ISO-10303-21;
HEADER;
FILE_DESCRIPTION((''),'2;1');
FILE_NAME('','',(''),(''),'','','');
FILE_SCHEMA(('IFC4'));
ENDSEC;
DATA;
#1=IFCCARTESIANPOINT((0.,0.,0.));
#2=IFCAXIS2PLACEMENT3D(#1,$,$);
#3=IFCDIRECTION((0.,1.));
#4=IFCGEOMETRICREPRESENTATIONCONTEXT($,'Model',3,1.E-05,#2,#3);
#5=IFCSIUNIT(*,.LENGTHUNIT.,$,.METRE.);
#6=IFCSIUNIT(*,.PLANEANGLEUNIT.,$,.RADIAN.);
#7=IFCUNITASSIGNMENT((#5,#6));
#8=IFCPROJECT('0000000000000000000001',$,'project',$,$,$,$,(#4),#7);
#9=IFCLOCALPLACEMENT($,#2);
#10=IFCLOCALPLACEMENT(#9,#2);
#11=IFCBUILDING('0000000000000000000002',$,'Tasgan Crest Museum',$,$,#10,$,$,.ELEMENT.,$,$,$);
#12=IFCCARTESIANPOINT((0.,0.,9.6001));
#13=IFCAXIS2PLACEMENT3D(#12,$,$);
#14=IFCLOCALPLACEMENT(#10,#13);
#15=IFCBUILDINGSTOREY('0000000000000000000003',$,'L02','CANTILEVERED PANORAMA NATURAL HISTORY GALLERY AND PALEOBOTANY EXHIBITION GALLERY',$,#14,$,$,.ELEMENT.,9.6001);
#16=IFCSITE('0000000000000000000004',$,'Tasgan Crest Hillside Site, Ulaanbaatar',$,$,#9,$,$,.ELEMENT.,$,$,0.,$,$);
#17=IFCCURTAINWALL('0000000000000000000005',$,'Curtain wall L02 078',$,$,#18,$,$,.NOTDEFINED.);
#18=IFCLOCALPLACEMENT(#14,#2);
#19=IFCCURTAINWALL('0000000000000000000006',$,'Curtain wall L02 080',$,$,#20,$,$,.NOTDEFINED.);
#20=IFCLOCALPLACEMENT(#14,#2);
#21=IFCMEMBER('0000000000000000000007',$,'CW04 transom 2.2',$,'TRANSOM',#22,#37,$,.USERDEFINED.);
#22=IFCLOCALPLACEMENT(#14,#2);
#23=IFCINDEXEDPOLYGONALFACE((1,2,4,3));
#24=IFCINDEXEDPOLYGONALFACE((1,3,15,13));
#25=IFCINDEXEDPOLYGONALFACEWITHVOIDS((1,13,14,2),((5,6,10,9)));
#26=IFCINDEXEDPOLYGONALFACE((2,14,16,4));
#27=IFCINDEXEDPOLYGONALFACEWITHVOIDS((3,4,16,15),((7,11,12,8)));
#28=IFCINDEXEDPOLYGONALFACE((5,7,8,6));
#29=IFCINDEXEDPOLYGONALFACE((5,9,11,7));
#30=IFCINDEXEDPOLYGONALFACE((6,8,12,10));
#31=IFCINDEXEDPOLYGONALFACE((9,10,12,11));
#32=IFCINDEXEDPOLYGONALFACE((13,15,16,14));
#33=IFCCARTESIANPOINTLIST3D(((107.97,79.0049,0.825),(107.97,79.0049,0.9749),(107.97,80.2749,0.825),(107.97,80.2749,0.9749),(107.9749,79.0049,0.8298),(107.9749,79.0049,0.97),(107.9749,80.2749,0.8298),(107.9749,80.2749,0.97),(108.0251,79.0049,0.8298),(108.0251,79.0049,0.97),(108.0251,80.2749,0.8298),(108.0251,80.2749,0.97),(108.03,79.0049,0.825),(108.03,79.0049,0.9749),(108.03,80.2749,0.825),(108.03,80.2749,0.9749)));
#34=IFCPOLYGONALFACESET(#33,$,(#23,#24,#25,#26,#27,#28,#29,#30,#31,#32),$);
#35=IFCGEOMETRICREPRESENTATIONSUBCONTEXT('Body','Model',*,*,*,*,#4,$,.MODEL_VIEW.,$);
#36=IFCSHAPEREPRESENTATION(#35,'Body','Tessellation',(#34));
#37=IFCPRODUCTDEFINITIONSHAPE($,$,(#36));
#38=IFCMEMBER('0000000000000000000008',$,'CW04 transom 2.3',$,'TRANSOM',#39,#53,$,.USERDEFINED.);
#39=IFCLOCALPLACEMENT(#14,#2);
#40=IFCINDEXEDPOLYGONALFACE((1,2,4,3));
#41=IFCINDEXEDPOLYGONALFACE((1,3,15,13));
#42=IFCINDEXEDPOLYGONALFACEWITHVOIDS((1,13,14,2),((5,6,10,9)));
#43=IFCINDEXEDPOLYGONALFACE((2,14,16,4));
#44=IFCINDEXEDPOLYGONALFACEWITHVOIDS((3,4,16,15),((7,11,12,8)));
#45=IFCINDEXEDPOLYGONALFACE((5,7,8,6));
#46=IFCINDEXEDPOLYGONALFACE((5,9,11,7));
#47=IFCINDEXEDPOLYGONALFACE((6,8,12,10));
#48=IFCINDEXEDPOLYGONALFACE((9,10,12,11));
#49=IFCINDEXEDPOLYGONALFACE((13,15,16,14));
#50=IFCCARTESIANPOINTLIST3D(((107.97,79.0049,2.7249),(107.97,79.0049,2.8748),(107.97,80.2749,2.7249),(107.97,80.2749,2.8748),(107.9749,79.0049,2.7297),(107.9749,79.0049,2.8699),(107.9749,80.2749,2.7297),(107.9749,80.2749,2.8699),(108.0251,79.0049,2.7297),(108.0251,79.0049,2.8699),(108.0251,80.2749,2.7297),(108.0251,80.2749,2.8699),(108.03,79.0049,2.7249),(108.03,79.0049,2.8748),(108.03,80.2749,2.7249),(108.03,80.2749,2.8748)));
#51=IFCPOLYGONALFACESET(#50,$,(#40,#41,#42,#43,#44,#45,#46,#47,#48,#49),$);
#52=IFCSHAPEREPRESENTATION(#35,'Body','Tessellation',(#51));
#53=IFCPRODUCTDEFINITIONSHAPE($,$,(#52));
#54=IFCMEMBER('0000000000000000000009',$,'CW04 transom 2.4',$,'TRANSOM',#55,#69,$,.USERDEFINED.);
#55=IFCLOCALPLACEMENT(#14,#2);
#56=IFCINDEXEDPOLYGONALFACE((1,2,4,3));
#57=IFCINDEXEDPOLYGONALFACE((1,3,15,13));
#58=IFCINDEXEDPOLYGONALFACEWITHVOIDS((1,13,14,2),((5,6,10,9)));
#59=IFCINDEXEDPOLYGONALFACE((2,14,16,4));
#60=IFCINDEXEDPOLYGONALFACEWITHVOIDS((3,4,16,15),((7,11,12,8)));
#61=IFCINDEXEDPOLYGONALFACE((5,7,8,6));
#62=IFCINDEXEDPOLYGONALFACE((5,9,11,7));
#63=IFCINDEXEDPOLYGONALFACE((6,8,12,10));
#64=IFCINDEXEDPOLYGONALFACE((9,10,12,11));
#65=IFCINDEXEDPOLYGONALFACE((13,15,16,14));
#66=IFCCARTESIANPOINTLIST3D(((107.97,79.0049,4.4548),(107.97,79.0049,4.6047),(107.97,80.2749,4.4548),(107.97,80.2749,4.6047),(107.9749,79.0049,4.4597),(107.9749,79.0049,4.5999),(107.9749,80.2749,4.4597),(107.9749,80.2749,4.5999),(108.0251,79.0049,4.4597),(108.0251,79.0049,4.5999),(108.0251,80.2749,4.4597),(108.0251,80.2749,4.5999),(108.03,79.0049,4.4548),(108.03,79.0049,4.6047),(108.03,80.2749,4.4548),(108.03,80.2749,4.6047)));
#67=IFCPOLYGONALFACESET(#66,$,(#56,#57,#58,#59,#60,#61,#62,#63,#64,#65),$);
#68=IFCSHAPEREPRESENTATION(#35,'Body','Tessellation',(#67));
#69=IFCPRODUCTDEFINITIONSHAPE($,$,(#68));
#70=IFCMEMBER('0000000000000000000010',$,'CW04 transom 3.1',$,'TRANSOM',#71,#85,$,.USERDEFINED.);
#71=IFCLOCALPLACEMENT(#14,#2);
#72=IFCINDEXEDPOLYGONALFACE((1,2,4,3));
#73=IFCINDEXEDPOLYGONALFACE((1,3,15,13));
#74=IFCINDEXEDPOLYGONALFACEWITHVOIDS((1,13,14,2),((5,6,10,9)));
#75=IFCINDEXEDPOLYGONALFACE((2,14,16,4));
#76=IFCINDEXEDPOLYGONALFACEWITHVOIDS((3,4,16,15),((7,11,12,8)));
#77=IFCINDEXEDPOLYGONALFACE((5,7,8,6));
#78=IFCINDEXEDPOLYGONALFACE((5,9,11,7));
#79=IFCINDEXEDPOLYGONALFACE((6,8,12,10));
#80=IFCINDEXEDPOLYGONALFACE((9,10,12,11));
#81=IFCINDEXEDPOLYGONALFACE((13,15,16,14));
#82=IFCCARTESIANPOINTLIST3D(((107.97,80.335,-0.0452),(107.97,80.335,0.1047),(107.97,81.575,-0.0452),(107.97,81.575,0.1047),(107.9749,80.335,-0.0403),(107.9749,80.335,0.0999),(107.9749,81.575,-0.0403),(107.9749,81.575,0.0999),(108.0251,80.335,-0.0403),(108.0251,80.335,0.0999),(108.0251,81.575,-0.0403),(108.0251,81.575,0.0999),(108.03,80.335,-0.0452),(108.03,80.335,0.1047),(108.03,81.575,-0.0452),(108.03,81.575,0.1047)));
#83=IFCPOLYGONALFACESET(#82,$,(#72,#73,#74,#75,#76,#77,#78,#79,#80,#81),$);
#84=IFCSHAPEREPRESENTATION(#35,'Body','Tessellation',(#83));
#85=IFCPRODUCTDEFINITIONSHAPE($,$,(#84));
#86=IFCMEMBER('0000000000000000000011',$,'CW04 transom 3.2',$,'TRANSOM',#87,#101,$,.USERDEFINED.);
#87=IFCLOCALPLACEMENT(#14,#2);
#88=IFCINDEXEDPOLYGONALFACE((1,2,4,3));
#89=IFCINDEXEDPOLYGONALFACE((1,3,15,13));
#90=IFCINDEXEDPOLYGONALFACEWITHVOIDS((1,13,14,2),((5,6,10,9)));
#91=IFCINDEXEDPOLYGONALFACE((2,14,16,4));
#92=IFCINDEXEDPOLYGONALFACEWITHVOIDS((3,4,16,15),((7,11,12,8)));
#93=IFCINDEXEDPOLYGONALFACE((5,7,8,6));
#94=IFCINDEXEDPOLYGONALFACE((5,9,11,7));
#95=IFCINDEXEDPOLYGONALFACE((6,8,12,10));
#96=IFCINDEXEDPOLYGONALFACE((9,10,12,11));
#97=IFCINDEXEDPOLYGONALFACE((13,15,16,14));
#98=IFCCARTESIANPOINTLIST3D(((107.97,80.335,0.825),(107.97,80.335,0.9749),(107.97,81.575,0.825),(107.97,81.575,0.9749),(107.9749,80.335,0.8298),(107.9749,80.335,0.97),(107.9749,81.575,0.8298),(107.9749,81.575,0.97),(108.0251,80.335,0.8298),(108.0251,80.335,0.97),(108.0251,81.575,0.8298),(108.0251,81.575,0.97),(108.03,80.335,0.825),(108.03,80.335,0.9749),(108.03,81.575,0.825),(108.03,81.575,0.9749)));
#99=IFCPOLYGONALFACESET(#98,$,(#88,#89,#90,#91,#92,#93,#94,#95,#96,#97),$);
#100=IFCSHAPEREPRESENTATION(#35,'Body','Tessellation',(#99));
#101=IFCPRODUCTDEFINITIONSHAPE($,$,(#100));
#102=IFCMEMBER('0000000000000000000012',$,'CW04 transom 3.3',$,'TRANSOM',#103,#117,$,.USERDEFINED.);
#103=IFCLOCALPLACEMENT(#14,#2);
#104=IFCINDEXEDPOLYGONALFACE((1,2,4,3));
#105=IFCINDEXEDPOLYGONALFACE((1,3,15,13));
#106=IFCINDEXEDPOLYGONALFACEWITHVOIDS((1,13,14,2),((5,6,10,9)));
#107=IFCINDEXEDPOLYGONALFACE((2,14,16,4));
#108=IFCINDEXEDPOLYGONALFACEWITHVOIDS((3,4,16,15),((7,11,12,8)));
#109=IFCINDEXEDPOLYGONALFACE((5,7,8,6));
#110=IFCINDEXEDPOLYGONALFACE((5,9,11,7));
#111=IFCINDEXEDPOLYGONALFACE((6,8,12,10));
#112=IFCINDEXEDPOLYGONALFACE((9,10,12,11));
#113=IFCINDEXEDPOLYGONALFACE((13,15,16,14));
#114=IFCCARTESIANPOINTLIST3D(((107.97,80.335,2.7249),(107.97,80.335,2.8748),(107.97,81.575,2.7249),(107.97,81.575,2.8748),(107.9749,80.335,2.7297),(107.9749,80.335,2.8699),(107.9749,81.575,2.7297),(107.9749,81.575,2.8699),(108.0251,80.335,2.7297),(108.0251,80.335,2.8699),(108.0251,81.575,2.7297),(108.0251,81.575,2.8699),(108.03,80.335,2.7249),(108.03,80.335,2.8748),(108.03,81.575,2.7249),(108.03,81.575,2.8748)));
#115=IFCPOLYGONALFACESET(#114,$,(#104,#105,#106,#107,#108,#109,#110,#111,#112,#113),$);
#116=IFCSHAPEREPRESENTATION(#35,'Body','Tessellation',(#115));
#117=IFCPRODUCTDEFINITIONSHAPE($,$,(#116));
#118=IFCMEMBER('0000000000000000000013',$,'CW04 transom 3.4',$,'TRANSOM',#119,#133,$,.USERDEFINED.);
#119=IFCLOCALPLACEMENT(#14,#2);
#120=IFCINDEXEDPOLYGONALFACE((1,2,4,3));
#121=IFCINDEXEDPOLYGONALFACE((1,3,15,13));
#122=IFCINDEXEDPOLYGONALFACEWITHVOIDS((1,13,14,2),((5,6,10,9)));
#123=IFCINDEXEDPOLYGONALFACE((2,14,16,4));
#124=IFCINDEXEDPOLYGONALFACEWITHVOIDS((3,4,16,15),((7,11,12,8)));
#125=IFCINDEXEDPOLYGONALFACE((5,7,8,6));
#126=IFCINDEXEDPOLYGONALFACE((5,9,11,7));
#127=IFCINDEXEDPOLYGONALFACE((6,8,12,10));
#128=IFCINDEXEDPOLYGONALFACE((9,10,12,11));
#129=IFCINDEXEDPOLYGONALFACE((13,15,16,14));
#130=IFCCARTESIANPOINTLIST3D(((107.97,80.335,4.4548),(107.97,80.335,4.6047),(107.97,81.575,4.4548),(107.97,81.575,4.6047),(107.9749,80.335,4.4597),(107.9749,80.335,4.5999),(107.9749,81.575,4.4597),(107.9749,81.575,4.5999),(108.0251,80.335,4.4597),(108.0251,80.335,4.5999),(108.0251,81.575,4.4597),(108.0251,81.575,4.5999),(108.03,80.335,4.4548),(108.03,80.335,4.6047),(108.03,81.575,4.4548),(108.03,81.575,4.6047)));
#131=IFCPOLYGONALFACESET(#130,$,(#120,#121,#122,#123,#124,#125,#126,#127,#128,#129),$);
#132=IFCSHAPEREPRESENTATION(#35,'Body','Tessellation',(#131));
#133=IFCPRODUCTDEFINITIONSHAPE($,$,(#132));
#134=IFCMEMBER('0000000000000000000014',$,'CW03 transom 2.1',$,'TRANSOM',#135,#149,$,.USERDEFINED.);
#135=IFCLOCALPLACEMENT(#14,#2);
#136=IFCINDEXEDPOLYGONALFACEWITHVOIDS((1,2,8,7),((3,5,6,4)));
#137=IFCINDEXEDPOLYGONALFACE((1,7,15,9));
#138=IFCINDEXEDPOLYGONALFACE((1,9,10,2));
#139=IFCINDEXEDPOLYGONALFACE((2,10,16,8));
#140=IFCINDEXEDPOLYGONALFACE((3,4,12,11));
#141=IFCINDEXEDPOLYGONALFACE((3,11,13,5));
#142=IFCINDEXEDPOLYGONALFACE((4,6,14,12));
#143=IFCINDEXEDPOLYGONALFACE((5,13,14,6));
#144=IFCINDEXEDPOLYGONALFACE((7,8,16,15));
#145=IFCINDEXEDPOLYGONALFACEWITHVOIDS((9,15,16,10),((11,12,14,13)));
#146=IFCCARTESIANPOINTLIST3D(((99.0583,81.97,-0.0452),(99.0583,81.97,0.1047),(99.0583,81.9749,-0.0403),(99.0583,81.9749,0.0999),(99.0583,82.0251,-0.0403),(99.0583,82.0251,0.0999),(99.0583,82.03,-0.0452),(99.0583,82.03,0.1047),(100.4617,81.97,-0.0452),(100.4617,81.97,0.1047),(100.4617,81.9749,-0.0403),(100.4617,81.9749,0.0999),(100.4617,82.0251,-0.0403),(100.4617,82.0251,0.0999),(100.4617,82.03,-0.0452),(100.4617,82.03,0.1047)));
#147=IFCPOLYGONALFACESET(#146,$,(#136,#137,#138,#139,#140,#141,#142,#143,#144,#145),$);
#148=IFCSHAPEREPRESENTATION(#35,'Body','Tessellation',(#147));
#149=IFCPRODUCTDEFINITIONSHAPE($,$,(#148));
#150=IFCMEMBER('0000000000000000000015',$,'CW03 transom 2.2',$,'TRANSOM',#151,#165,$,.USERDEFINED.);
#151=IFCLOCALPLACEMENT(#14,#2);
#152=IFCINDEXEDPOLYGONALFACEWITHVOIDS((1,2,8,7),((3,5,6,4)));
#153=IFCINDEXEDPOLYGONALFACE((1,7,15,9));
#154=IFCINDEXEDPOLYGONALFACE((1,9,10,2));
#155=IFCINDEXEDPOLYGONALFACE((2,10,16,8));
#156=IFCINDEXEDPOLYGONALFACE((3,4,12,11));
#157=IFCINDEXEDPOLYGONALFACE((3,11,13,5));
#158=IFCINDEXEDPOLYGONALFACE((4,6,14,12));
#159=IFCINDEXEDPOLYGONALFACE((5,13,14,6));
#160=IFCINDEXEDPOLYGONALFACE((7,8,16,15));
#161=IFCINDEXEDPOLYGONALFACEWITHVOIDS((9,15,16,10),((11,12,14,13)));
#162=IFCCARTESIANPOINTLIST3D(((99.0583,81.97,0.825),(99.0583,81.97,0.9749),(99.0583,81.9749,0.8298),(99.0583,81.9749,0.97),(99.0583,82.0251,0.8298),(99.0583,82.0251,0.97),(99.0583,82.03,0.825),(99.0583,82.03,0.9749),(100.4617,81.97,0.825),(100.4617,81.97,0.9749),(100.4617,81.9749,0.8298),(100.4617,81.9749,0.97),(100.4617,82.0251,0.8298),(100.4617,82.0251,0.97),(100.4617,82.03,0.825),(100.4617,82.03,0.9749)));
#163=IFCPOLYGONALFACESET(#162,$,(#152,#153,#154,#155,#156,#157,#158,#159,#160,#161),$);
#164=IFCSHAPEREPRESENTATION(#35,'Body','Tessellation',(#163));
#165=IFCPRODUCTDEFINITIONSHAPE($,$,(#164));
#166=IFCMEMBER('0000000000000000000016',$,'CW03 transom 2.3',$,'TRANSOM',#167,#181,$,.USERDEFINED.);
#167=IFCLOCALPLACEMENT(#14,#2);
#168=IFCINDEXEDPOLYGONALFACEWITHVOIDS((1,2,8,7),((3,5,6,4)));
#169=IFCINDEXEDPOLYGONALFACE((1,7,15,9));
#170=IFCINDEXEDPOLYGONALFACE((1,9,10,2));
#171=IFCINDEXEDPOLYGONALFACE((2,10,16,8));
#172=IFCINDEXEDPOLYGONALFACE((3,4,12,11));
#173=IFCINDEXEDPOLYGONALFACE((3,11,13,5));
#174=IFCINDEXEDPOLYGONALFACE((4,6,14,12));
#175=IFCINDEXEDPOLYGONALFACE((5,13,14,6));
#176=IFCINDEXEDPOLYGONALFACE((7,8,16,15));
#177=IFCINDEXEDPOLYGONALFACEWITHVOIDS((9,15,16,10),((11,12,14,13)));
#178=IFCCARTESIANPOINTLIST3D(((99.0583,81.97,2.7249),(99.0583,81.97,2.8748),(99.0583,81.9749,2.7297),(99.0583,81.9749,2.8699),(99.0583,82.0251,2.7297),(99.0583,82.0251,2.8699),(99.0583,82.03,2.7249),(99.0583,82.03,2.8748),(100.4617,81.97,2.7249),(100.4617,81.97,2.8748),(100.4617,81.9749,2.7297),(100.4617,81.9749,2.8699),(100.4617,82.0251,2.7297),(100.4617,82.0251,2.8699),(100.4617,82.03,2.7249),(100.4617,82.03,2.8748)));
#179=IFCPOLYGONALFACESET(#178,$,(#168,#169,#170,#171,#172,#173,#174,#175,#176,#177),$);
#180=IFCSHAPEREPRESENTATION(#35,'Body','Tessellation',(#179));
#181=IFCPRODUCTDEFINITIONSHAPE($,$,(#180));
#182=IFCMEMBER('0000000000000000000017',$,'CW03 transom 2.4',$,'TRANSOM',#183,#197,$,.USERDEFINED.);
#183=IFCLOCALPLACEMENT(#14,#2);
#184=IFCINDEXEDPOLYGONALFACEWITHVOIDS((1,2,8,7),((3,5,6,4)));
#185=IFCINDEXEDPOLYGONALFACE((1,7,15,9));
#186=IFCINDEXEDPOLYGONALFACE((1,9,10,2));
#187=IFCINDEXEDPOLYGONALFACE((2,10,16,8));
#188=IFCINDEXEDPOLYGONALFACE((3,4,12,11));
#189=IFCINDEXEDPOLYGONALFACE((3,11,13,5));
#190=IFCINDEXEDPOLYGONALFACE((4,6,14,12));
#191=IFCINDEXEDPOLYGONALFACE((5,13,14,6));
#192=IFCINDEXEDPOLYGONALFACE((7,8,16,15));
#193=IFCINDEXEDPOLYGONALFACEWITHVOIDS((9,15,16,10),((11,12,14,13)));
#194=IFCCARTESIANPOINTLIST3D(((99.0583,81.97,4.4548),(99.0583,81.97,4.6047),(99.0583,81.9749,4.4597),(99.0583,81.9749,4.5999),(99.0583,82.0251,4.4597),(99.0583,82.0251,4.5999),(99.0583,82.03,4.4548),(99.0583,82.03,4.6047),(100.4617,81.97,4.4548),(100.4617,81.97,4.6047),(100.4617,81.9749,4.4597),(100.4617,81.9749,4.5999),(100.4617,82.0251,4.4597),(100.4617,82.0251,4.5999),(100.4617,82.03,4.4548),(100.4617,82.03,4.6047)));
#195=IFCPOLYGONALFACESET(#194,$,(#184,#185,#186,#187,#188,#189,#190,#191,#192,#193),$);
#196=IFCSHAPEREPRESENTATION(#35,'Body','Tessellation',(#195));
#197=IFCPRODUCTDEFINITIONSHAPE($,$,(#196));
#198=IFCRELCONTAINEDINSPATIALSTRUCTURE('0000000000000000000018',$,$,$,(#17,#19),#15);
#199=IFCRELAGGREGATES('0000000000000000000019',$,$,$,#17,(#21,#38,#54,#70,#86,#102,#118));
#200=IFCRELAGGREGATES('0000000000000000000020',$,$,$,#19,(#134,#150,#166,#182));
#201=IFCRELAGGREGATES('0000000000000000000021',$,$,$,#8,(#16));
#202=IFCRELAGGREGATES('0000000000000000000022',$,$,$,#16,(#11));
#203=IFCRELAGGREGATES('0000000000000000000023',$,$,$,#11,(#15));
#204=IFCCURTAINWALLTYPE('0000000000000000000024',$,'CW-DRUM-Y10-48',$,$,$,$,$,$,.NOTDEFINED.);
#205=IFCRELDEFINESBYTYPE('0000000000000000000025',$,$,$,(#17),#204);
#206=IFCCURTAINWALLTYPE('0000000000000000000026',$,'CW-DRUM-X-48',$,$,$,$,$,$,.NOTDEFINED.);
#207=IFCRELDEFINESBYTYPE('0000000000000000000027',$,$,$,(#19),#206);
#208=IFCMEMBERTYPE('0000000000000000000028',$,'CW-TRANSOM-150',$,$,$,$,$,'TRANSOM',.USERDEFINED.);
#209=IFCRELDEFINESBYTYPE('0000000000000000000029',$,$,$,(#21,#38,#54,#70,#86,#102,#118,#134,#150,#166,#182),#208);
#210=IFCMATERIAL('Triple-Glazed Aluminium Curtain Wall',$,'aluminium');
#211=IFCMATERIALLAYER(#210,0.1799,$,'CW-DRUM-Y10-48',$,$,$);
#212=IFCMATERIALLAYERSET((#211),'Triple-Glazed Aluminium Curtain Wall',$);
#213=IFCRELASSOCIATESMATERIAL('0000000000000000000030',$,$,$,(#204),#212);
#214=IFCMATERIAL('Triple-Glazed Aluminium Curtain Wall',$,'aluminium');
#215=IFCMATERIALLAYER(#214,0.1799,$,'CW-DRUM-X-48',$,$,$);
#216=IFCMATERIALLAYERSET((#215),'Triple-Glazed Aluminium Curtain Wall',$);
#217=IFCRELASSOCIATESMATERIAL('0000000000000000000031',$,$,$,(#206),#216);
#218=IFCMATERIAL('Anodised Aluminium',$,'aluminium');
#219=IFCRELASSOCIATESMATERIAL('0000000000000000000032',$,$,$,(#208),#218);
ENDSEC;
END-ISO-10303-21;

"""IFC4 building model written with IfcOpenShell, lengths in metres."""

from ifc_helpers import new_model, si_unit, direction, frame, origin, origin_2d, place, context, subcontext, project, spatial, hollow_rectangle, extrude, material, layer, layer_set, material_profile, profile_set, type_object, element, aggregate, save


model = new_model("IFC4")

# Units and contexts
model_context = context("Model", 3, precision=1e-05, world=origin(), true_north=direction((0.0, 1.0)))
body_context = subcontext(model_context, "Body", "Model", "MODEL_VIEW")
ifc_project = project(units=[si_unit("LENGTHUNIT", "METRE"), si_unit("PLANEANGLEUNIT", "RADIAN")], contexts=[model_context])

# Site, building, storey
site_placement = place(None, origin())
site = spatial("IfcSite", under=ifc_project, at=site_placement, Name="Tasgan Crest Hillside Site, Ulaanbaatar", CompositionType="ELEMENT", RefElevation=0.0)
building_placement = place(site_placement, origin())
building = spatial("IfcBuilding", under=site, at=building_placement, Name="Tasgan Crest Museum", CompositionType="ELEMENT")
storey_placement = place(building_placement, frame((0.0, 0.0, 9.6001)))
storey = spatial("IfcBuildingStorey", under=building, at=storey_placement, Name="L02", Description="CANTILEVERED PANORAMA NATURAL HISTORY GALLERY AND PALEOBOTANY EXHIBITION GALLERY", CompositionType="ELEMENT", Elevation=9.6001)

# Shared definitions
ifc_material_1 = material(Name="Triple-Glazed Aluminium Curtain Wall", Category="aluminium")
ifc_layer_1 = layer(ifc_material_1, 0.1799, Name="CW-DRUM-Y10-48")
ifc_layer_set_1 = layer_set([ifc_layer_1], Name="Triple-Glazed Aluminium Curtain Wall")
curtain_wall_type_1 = type_object("IfcCurtainWallType", Name="CW-DRUM-Y10-48", PredefinedType="NOTDEFINED", material=ifc_layer_set_1)

# Curtain wall
curtain_wall_1_placement = place(storey_placement, origin())
curtain_wall_1 = element("IfcCurtainWall", 1, at=curtain_wall_1_placement, inside=storey, type_object=curtain_wall_type_1, Name="Curtain wall L02 078", PredefinedType="NOTDEFINED")

# Curtain wall
ifc_material_2 = material(Name="Triple-Glazed Aluminium Curtain Wall", Category="aluminium")
ifc_layer_2 = layer(ifc_material_2, 0.1799, Name="CW-DRUM-X-48")
ifc_layer_set_2 = layer_set([ifc_layer_2], Name="Triple-Glazed Aluminium Curtain Wall")
curtain_wall_type_2 = type_object("IfcCurtainWallType", Name="CW-DRUM-X-48", PredefinedType="NOTDEFINED", material=ifc_layer_set_2)
curtain_wall_2_placement = place(storey_placement, origin())
curtain_wall_2 = element("IfcCurtainWall", 2, at=curtain_wall_2_placement, inside=storey, type_object=curtain_wall_type_2, Name="Curtain wall L02 080", PredefinedType="NOTDEFINED")

# Members
ifc_material_3 = material(Name="Anodised Aluminium", Category="aluminium")
ifc_material_profile_1 = material_profile(ifc_material_3, hollow_rectangle(XDim=0.0601, YDim=0.1499, WallThickness=0.0049, at=origin_2d()), Name="ALU TRANSOM 150x60x5")
ifc_profile_set_1 = profile_set([ifc_material_profile_1], Name="Anodised Aluminium")
member_type_1 = type_object("IfcMemberType", Name="CW-TRANSOM-150", ElementType="TRANSOM", PredefinedType="USERDEFINED", material=ifc_profile_set_1)
member_1_placement = place(storey_placement, frame((108.0, 79.0049, 0.8999), z_axis=(0.0, 1.0, 0.0), x_axis=(-1.0, 0.0, 0.0)))
member_1 = element("IfcMember", 3, at=member_1_placement, type_object=member_type_1, Name="CW04 transom 2.2", ObjectType="TRANSOM", PredefinedType="USERDEFINED", context=body_context, shape_type="SweptSolid", body=[
    extrude(hollow_rectangle(XDim=0.0601, YDim=0.1499, WallThickness=0.0049, at=origin_2d()), origin(), (0.0, 0.0, 1.0), 1.27),
])
member_2_placement = place(storey_placement, frame((108.0, 79.0049, 2.7998), z_axis=(0.0, 1.0, 0.0), x_axis=(-1.0, 0.0, 0.0)))
member_2 = element("IfcMember", 4, at=member_2_placement, type_object=member_type_1, Name="CW04 transom 2.3", ObjectType="TRANSOM", PredefinedType="USERDEFINED", context=body_context, shape_type="SweptSolid", body=[
    extrude(hollow_rectangle(XDim=0.0601, YDim=0.1499, WallThickness=0.0049, at=origin_2d()), origin(), (0.0, 0.0, 1.0), 1.27),
])
member_3_placement = place(storey_placement, frame((108.0, 79.0049, 4.5298), z_axis=(0.0, 1.0, 0.0), x_axis=(-1.0, 0.0, 0.0)))
member_3 = element("IfcMember", 5, at=member_3_placement, type_object=member_type_1, Name="CW04 transom 2.4", ObjectType="TRANSOM", PredefinedType="USERDEFINED", context=body_context, shape_type="SweptSolid", body=[
    extrude(hollow_rectangle(XDim=0.0601, YDim=0.1499, WallThickness=0.0049, at=origin_2d()), origin(), (0.0, 0.0, 1.0), 1.27),
])
member_4_placement = place(storey_placement, frame((108.0, 80.335, 0.0298), z_axis=(0.0, 1.0, 0.0), x_axis=(-1.0, 0.0, 0.0)))
member_4 = element("IfcMember", 6, at=member_4_placement, type_object=member_type_1, Name="CW04 transom 3.1", ObjectType="TRANSOM", PredefinedType="USERDEFINED", context=body_context, shape_type="SweptSolid", body=[
    extrude(hollow_rectangle(XDim=0.0601, YDim=0.1499, WallThickness=0.0049, at=origin_2d()), origin(), (0.0, 0.0, 1.0), 1.24),
])
member_5_placement = place(storey_placement, frame((108.0, 80.335, 0.8999), z_axis=(0.0, 1.0, 0.0), x_axis=(-1.0, 0.0, 0.0)))
member_5 = element("IfcMember", 7, at=member_5_placement, type_object=member_type_1, Name="CW04 transom 3.2", ObjectType="TRANSOM", PredefinedType="USERDEFINED", context=body_context, shape_type="SweptSolid", body=[
    extrude(hollow_rectangle(XDim=0.0601, YDim=0.1499, WallThickness=0.0049, at=origin_2d()), origin(), (0.0, 0.0, 1.0), 1.24),
])
member_6_placement = place(storey_placement, frame((108.0, 80.335, 2.7998), z_axis=(0.0, 1.0, 0.0), x_axis=(-1.0, 0.0, 0.0)))
member_6 = element("IfcMember", 8, at=member_6_placement, type_object=member_type_1, Name="CW04 transom 3.3", ObjectType="TRANSOM", PredefinedType="USERDEFINED", context=body_context, shape_type="SweptSolid", body=[
    extrude(hollow_rectangle(XDim=0.0601, YDim=0.1499, WallThickness=0.0049, at=origin_2d()), origin(), (0.0, 0.0, 1.0), 1.24),
])
member_7_placement = place(storey_placement, frame((108.0, 80.335, 4.5298), z_axis=(0.0, 1.0, 0.0), x_axis=(-1.0, 0.0, 0.0)))
member_7 = element("IfcMember", 9, at=member_7_placement, type_object=member_type_1, Name="CW04 transom 3.4", ObjectType="TRANSOM", PredefinedType="USERDEFINED", context=body_context, shape_type="SweptSolid", body=[
    extrude(hollow_rectangle(XDim=0.0601, YDim=0.1499, WallThickness=0.0049, at=origin_2d()), origin(), (0.0, 0.0, 1.0), 1.24),
])
member_8_placement = place(storey_placement, frame((100.4617, 82.0, 0.0298), z_axis=(-1.0, 0.0, 0.0), x_axis=(0.0, -1.0, 0.0)))
member_8 = element("IfcMember", 10, at=member_8_placement, type_object=member_type_1, Name="CW03 transom 2.1", ObjectType="TRANSOM", PredefinedType="USERDEFINED", context=body_context, shape_type="SweptSolid", body=[
    extrude(hollow_rectangle(XDim=0.0601, YDim=0.1499, WallThickness=0.0049, at=origin_2d()), origin(), (0.0, 0.0, 1.0), 1.4033),
])
member_9_placement = place(storey_placement, frame((100.4617, 82.0, 0.8999), z_axis=(-1.0, 0.0, 0.0), x_axis=(0.0, -1.0, 0.0)))
member_9 = element("IfcMember", 11, at=member_9_placement, type_object=member_type_1, Name="CW03 transom 2.2", ObjectType="TRANSOM", PredefinedType="USERDEFINED", context=body_context, shape_type="SweptSolid", body=[
    extrude(hollow_rectangle(XDim=0.0601, YDim=0.1499, WallThickness=0.0049, at=origin_2d()), origin(), (0.0, 0.0, 1.0), 1.4033),
])
member_10_placement = place(storey_placement, frame((100.4617, 82.0, 2.7998), z_axis=(-1.0, 0.0, 0.0), x_axis=(0.0, -1.0, 0.0)))
member_10 = element("IfcMember", 12, at=member_10_placement, type_object=member_type_1, Name="CW03 transom 2.3", ObjectType="TRANSOM", PredefinedType="USERDEFINED", context=body_context, shape_type="SweptSolid", body=[
    extrude(hollow_rectangle(XDim=0.0601, YDim=0.1499, WallThickness=0.0049, at=origin_2d()), origin(), (0.0, 0.0, 1.0), 1.4033),
])
member_11_placement = place(storey_placement, frame((100.4617, 82.0, 4.5298), z_axis=(-1.0, 0.0, 0.0), x_axis=(0.0, -1.0, 0.0)))
member_11 = element("IfcMember", 13, at=member_11_placement, type_object=member_type_1, Name="CW03 transom 2.4", ObjectType="TRANSOM", PredefinedType="USERDEFINED", context=body_context, shape_type="SweptSolid", body=[
    extrude(hollow_rectangle(XDim=0.0601, YDim=0.1499, WallThickness=0.0049, at=origin_2d()), origin(), (0.0, 0.0, 1.0), 1.4033),
])

aggregate(curtain_wall_1, [member_1, member_2, member_3, member_4, member_5, member_6, member_7])
aggregate(curtain_wall_2, [member_8, member_9, member_10, member_11])

save(model, "model.ifc")
